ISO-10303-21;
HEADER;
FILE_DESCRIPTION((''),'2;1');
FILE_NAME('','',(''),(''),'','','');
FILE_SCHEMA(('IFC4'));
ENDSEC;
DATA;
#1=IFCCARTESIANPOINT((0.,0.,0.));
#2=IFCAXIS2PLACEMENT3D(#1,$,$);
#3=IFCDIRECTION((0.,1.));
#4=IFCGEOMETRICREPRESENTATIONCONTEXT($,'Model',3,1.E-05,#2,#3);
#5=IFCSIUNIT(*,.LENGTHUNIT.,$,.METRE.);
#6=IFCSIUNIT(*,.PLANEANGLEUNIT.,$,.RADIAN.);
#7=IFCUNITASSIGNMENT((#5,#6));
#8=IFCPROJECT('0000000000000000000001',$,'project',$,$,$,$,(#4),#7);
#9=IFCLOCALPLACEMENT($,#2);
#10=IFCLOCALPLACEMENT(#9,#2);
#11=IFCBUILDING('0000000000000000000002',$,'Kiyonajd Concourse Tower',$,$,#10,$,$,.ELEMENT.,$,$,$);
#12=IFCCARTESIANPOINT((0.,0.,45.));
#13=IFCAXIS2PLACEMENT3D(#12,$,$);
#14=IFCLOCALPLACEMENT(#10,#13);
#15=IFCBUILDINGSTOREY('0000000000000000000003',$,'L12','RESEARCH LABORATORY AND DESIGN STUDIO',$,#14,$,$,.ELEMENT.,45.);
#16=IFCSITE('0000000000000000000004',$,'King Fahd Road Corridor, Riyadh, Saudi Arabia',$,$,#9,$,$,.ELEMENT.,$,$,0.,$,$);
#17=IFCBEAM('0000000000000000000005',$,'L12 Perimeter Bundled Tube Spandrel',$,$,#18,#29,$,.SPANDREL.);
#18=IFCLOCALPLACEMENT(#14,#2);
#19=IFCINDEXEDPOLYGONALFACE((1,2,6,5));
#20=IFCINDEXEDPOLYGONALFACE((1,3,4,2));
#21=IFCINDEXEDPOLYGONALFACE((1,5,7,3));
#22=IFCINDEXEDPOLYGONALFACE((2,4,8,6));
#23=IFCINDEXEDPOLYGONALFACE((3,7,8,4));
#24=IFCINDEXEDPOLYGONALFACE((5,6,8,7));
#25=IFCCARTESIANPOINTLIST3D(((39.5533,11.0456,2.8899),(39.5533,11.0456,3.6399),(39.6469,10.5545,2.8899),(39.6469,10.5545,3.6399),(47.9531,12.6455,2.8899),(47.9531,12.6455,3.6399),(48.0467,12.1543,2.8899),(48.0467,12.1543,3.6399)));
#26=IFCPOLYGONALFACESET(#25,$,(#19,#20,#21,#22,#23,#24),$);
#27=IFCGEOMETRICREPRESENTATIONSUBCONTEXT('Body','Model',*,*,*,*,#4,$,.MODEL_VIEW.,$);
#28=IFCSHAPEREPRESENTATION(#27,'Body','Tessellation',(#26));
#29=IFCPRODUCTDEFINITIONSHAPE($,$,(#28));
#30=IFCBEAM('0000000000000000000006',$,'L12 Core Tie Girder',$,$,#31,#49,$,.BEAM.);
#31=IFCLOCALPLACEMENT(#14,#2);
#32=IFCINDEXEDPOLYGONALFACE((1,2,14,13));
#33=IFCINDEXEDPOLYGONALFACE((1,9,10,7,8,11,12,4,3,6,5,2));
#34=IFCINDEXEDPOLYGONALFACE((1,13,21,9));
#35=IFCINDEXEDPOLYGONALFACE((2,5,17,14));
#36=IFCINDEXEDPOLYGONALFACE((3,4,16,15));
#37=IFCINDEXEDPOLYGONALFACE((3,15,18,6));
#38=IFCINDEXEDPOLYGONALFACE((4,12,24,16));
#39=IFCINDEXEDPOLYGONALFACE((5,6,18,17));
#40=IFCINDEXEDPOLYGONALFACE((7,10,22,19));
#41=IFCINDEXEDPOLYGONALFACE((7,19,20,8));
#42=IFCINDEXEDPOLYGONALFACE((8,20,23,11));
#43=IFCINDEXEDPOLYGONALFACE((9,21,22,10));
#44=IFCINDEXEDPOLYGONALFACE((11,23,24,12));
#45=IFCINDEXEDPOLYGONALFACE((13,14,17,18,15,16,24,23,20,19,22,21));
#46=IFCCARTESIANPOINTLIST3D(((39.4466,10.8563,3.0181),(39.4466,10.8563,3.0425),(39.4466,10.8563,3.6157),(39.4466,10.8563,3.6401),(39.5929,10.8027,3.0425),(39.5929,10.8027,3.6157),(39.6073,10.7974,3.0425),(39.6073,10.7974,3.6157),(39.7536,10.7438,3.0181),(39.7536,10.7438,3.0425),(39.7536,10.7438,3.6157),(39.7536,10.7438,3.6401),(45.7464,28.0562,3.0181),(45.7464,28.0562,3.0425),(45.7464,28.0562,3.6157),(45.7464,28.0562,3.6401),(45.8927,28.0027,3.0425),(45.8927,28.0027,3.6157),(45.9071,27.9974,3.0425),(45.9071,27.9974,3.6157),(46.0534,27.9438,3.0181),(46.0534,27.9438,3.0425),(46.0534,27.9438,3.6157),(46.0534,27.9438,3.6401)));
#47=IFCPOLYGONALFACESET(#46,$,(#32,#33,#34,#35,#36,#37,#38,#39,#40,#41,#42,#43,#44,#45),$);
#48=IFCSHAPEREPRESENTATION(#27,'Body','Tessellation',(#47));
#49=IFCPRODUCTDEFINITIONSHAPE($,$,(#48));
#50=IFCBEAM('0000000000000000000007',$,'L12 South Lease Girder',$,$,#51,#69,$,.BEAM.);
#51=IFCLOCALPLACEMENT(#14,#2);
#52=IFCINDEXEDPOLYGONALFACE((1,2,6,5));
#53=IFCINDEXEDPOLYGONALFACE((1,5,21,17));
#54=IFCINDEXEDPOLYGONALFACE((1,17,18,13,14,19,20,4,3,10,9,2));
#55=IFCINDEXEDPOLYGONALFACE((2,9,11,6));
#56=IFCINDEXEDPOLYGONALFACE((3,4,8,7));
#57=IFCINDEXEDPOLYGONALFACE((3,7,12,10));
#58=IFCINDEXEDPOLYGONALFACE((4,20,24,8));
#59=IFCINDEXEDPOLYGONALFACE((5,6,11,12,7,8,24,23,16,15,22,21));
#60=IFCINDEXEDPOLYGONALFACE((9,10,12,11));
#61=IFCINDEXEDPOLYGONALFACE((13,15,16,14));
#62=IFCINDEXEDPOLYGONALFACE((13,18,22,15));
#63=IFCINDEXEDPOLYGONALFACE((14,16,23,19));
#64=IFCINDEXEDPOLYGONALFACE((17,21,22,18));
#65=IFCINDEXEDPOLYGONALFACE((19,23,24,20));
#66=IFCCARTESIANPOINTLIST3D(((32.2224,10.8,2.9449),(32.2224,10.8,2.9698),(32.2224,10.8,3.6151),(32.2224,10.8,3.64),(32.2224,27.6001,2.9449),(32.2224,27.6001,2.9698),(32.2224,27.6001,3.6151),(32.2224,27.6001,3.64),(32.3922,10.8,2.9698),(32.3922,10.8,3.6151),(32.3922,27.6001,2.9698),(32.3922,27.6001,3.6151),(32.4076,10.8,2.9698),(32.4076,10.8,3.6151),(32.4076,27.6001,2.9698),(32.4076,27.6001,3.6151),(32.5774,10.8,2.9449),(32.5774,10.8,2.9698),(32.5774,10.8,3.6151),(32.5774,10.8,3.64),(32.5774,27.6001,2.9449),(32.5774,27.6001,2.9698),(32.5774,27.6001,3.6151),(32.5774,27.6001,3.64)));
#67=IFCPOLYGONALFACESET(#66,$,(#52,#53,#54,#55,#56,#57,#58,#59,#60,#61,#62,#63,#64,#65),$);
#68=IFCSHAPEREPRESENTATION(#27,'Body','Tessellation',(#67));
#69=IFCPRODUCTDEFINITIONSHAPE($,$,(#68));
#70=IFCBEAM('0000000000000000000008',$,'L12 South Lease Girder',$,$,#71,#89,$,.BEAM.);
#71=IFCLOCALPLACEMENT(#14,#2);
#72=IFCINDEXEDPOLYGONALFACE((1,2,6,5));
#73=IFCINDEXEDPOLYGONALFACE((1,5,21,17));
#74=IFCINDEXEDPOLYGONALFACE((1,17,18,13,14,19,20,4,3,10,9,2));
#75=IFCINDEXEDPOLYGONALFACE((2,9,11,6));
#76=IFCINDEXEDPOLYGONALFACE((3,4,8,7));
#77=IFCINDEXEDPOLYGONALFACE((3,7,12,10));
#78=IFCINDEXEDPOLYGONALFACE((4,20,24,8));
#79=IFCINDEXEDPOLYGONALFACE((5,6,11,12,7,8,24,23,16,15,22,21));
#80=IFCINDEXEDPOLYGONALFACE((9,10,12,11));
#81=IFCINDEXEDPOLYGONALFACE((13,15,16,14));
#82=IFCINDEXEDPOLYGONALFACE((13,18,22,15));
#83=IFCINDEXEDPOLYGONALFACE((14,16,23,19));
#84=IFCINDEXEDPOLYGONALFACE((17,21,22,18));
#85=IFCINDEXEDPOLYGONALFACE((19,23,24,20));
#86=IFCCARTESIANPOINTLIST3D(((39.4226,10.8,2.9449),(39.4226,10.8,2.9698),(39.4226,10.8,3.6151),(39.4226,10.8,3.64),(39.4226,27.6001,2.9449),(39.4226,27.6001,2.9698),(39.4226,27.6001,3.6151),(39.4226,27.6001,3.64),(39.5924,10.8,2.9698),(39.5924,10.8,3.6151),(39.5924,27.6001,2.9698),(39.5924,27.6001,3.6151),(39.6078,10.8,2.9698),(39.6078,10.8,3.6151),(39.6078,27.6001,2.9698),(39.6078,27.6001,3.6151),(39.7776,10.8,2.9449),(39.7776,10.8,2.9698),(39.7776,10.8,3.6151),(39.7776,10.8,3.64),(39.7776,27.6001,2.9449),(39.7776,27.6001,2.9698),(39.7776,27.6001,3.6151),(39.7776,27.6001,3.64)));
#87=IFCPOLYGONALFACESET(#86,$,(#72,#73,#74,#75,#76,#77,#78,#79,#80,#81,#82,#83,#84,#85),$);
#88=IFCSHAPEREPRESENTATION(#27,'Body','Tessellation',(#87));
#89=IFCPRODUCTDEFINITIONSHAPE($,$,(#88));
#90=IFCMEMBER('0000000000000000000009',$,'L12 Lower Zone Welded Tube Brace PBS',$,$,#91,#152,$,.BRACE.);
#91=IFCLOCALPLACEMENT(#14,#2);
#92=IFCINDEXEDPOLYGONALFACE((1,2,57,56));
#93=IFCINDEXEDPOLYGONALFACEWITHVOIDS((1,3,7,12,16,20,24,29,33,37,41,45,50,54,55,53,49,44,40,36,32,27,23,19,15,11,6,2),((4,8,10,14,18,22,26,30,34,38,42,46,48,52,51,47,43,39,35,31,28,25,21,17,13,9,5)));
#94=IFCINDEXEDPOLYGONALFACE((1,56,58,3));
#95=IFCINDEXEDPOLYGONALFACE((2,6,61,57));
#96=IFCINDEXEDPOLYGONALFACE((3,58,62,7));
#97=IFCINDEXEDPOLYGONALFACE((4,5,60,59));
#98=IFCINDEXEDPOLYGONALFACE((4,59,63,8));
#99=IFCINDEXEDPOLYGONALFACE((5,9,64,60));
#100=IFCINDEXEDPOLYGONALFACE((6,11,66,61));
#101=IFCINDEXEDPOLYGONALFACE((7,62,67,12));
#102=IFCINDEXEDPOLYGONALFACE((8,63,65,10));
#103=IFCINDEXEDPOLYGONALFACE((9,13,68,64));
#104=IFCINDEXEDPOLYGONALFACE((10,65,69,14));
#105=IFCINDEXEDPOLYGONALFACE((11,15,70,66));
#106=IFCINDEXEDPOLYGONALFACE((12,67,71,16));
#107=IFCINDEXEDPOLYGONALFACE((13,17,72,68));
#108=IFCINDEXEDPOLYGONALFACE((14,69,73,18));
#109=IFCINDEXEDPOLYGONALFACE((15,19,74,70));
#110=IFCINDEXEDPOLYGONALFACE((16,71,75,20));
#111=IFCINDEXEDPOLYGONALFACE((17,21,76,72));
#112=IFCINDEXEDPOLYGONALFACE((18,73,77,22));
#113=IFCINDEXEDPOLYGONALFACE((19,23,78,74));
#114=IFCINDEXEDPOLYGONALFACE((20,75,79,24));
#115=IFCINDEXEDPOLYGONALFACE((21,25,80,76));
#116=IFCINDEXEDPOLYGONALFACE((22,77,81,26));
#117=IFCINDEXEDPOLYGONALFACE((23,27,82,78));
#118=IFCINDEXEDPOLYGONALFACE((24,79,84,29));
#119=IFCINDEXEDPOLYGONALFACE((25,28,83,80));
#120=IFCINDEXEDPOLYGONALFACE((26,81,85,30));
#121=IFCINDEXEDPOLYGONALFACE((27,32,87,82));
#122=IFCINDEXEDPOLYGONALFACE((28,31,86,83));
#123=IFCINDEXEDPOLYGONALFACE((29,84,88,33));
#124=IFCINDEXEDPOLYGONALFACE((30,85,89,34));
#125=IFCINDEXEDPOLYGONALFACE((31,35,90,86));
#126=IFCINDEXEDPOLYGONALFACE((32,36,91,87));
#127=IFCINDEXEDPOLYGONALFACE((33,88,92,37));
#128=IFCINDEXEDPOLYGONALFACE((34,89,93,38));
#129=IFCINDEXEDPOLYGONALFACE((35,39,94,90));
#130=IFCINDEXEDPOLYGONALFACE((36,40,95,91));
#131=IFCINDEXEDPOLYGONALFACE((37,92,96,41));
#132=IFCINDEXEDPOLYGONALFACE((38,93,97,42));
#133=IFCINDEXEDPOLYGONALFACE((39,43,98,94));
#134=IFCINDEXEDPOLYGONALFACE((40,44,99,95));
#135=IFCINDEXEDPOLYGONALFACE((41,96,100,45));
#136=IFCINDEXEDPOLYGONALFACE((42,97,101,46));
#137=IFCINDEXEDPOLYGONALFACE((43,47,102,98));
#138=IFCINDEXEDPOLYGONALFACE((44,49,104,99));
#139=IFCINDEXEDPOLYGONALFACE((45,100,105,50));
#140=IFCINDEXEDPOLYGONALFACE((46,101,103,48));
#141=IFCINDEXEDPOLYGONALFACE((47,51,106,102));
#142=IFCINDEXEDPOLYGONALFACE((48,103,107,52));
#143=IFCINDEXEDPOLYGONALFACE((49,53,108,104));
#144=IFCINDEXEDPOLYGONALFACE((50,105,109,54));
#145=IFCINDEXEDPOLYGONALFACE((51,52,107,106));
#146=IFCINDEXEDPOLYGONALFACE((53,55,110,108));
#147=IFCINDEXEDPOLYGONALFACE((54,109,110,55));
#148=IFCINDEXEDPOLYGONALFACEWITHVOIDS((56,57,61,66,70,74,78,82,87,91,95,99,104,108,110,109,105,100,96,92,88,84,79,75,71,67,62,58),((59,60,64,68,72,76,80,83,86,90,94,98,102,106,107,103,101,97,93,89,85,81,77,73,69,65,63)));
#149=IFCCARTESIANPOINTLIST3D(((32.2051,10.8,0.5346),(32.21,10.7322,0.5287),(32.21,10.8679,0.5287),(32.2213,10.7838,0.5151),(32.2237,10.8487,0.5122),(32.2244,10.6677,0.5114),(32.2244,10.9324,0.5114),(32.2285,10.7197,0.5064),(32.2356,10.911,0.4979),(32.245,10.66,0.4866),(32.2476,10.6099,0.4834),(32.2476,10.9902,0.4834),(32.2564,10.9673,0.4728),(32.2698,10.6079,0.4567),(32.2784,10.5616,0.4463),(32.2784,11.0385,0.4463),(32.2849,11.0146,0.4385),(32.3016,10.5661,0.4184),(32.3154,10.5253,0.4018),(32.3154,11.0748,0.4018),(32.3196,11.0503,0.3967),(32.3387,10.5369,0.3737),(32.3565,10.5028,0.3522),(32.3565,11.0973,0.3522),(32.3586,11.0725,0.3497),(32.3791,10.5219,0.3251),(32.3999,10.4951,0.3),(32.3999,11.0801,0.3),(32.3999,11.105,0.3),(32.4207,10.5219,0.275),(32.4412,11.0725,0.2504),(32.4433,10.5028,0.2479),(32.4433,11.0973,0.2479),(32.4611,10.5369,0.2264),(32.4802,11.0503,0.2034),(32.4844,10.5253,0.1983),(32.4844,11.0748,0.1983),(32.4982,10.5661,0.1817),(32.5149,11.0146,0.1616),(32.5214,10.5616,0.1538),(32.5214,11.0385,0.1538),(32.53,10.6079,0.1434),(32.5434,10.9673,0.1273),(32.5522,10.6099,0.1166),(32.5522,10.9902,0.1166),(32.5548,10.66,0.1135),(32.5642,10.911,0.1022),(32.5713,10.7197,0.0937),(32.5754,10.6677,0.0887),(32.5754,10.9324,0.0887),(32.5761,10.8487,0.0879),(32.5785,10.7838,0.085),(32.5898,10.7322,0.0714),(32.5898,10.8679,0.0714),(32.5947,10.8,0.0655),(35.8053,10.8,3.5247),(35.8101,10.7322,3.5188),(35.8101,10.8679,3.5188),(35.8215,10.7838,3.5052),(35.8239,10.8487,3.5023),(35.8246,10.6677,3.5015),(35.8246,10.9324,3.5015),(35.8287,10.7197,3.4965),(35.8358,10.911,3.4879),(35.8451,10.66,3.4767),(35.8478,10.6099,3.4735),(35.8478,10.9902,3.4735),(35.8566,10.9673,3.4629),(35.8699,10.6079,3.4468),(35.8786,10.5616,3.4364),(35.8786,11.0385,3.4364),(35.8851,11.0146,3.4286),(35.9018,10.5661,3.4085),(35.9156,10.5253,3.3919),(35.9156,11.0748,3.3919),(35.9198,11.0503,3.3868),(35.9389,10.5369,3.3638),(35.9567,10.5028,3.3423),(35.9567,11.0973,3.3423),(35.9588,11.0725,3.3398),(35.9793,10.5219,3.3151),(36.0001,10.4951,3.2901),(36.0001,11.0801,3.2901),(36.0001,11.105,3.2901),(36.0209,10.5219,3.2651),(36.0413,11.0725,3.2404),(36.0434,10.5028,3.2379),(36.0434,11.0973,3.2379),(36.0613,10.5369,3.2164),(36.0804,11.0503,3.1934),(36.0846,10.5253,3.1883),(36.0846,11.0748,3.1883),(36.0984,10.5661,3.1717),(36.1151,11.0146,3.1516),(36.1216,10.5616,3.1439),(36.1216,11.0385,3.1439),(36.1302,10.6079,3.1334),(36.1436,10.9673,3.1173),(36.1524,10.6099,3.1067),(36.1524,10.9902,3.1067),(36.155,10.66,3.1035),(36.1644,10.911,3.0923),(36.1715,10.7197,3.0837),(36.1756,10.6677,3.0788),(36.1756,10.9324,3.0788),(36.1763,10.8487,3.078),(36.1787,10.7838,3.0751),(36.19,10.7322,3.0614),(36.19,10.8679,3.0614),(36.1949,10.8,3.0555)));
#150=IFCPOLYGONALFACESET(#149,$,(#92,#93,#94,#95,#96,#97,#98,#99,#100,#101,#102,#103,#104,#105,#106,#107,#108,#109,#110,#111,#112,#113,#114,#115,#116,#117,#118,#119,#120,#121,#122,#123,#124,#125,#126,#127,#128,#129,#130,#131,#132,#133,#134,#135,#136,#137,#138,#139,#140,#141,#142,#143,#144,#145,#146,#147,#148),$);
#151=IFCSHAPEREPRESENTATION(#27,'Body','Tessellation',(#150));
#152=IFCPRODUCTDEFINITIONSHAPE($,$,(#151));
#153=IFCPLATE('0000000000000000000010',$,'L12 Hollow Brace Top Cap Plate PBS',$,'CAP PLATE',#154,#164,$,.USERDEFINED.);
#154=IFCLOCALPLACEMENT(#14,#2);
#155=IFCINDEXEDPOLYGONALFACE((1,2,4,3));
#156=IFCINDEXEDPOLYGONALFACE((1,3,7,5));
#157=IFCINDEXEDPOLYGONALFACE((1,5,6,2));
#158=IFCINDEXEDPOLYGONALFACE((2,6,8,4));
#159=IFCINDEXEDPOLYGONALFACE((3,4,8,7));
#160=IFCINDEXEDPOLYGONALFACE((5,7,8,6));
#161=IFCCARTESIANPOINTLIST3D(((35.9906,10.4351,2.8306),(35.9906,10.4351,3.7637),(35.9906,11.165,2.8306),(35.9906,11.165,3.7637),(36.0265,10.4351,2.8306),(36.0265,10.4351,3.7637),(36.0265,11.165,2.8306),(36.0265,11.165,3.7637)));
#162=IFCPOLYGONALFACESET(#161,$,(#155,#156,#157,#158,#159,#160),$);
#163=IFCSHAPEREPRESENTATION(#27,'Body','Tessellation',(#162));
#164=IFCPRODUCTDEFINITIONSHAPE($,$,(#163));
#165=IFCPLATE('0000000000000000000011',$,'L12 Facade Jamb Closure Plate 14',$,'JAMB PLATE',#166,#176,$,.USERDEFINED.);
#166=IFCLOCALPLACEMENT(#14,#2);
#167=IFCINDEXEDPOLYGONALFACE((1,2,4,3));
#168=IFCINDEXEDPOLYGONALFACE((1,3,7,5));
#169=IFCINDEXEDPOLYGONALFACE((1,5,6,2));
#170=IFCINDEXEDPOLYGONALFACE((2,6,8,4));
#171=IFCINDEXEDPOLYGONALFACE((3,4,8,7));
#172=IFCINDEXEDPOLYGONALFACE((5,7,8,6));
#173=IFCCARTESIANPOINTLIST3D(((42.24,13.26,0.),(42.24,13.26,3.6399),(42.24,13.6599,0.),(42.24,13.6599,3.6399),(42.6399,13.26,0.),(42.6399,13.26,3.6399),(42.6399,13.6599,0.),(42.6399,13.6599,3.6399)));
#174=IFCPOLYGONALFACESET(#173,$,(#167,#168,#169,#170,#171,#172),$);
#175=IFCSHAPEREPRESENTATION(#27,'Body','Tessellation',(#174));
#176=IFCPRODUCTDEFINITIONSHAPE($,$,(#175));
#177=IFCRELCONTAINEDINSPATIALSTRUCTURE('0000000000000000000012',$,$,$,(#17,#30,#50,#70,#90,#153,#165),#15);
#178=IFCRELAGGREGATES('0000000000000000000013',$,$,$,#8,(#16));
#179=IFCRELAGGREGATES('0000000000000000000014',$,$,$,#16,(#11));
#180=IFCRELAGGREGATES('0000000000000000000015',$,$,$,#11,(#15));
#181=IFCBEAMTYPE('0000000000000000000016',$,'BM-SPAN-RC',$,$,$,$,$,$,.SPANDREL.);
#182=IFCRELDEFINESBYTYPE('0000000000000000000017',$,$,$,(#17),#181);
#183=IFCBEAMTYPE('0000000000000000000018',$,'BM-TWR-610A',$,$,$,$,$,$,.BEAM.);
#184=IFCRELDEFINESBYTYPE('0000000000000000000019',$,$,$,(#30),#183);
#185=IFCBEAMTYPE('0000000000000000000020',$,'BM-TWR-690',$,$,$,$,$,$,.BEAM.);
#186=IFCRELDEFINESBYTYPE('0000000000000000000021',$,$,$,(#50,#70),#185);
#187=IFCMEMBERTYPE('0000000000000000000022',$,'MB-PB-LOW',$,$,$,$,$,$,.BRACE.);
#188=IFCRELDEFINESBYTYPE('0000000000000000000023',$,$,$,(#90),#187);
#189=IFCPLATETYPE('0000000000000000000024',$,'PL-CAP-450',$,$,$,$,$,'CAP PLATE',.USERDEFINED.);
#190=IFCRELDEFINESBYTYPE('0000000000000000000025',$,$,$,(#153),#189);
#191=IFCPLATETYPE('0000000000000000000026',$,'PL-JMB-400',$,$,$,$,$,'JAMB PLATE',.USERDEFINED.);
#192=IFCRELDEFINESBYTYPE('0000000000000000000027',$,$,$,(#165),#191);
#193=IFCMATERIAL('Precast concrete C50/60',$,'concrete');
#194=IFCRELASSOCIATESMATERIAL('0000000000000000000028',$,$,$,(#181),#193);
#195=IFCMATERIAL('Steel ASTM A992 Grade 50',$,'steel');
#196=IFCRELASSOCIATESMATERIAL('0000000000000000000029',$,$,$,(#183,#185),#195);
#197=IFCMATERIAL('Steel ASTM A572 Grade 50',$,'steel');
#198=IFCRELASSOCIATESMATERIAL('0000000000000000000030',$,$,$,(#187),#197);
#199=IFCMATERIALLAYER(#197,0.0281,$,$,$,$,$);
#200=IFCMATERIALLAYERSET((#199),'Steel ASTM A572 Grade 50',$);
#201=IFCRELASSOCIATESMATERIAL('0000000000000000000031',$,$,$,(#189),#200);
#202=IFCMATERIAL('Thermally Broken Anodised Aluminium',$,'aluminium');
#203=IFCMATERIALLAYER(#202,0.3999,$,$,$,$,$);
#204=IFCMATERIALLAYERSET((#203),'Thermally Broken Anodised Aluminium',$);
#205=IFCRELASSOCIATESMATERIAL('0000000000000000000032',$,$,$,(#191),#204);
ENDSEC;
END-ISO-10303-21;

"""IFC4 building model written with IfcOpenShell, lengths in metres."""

from ifc_helpers import new_model, si_unit, direction, frame, origin, origin_2d, place, context, subcontext, project, spatial, rectangle, hollow_circle, i_section, extrude, material, layer, layer_set, material_profile, profile_set, type_object, element, save


model = new_model("IFC4")

# Units and contexts
model_context = context("Model", 3, precision=1e-05, world=origin(), true_north=direction((0.0, 1.0)))
body_context = subcontext(model_context, "Body", "Model", "MODEL_VIEW")
ifc_project = project(units=[si_unit("LENGTHUNIT", "METRE"), si_unit("PLANEANGLEUNIT", "RADIAN")], contexts=[model_context])

# Site, building, storey
site_placement = place(None, origin())
site = spatial("IfcSite", under=ifc_project, at=site_placement, Name="King Fahd Road Corridor, Riyadh, Saudi Arabia", CompositionType="ELEMENT", RefElevation=0.0)
building_placement = place(site_placement, origin())
building = spatial("IfcBuilding", under=site, at=building_placement, Name="Kiyonajd Concourse Tower", CompositionType="ELEMENT")
storey_placement = place(building_placement, frame((0.0, 0.0, 45.0)))
storey = spatial("IfcBuildingStorey", under=building, at=storey_placement, Name="L12", Description="RESEARCH LABORATORY AND DESIGN STUDIO", CompositionType="ELEMENT", Elevation=45.0)

# Beams
ifc_material_1 = material(Name="Steel ASTM A992 Grade 50", Category="steel")
ifc_material_2 = material(Name="Precast concrete C50/60", Category="concrete")
ifc_material_profile_1 = material_profile(ifc_material_2, rectangle(XDim=0.5, YDim=0.75, at=origin_2d()), Name="RCBM-500x750")
ifc_profile_set_1 = profile_set([ifc_material_profile_1], Name="Precast concrete C50/60")
beam_type_1 = type_object("IfcBeamType", Name="BM-SPAN-RC", PredefinedType="SPANDREL", material=ifc_profile_set_1)
beam_1_placement = place(storey_placement, frame((39.6001, 10.8, 3.2649), z_axis=(0.982341, 0.187098, 0.0), x_axis=(-0.187098, 0.982341, 0.0)))
element("IfcBeam", 1, at=beam_1_placement, inside=storey, type_object=beam_type_1, Name="L12 Perimeter Bundled Tube Spandrel", PredefinedType="SPANDREL", context=body_context, shape_type="SweptSolid", body=[
    extrude(rectangle(XDim=0.5, YDim=0.75, at=origin_2d()), origin(), (0.0, 0.0, 1.0), 8.5508),
])
ifc_material_profile_2 = material_profile(ifc_material_1, i_section(OverallWidth=0.3269, OverallDepth=0.6221, WebThickness=0.0154, FlangeThickness=0.0244, at=origin_2d()), Name="W610X195")
ifc_profile_set_2 = profile_set([ifc_material_profile_2], Name="Steel ASTM A992 Grade 50")
beam_type_2 = type_object("IfcBeamType", Name="BM-TWR-610A", PredefinedType="BEAM", material=ifc_profile_set_2)
beam_2_placement = place(storey_placement, frame((39.6001, 10.8, 3.3291), z_axis=(0.343925, 0.938997, 0.0), x_axis=(-0.938997, 0.343925, 0.0)))
element("IfcBeam", 2, at=beam_2_placement, inside=storey, type_object=beam_type_2, Name="L12 Core Tie Girder", PredefinedType="BEAM", context=body_context, shape_type="SweptSolid", body=[
    extrude(i_section(OverallWidth=0.3269, OverallDepth=0.6221, WebThickness=0.0154, FlangeThickness=0.0244, at=origin_2d()), origin(), (0.0, 0.0, 1.0), 18.3174),
])
ifc_material_profile_3 = material_profile(ifc_material_1, i_section(OverallWidth=0.355, OverallDepth=0.6951, WebThickness=0.0154, FlangeThickness=0.0249, at=origin_2d()), Name="W690X217")
ifc_profile_set_3 = profile_set([ifc_material_profile_3], Name="Steel ASTM A992 Grade 50")
beam_type_3 = type_object("IfcBeamType", Name="BM-TWR-690", PredefinedType="BEAM", material=ifc_profile_set_3)
for number, where, z_axis, x_axis, name in (
    (3, (32.3999, 10.8, 3.2925), (0.0, 1.0, 0.0), (-1.0, 0.0, 0.0), "L12 South Lease Girder"),
    (4, (39.6001, 10.8, 3.2925), (0.0, 1.0, 0.0), (-1.0, 0.0, 0.0), "L12 South Lease Girder"),
):
    element("IfcBeam", number, at=place(storey_placement, frame(where, z_axis=z_axis, x_axis=x_axis)), inside=storey, type_object=beam_type_3, Name=name, PredefinedType="BEAM", context=body_context, shape_type="SweptSolid", body=[
        extrude(i_section(OverallWidth=0.355, OverallDepth=0.6951, WebThickness=0.0154, FlangeThickness=0.0249, at=origin_2d()), origin(), (0.0, 0.0, 1.0), 16.8),
    ])

# Member
ifc_material_3 = material(Name="Steel ASTM A572 Grade 50", Category="steel")
ifc_material_profile_4 = material_profile(ifc_material_3, hollow_circle(Radius=0.3049, WallThickness=0.0249, at=origin_2d()), Name="CHS-610x25")
ifc_profile_set_4 = profile_set([ifc_material_profile_4], Name="Steel ASTM A572 Grade 50")
member_type = type_object("IfcMemberType", Name="MB-PB-LOW", PredefinedType="BRACE", material=ifc_profile_set_4)
member_placement = place(storey_placement, frame((32.3999, 10.8, 0.3), z_axis=(0.769281, 0.0, 0.638911), x_axis=(0.0, 1.0, 0.0)))
element("IfcMember", 5, at=member_placement, inside=storey, type_object=member_type, Name="L12 Lower Zone Welded Tube Brace PBS", PredefinedType="BRACE", context=body_context, shape_type="SweptSolid", body=[
    extrude(hollow_circle(Radius=0.3049, WallThickness=0.0249, at=origin_2d()), origin(), (0.0, 0.0, 1.0), 4.6799),
])

# Plates
ifc_layer_1 = layer(ifc_material_3, 0.0281)
ifc_layer_set_1 = layer_set([ifc_layer_1], Name="Steel ASTM A572 Grade 50")
plate_type_1 = type_object("IfcPlateType", Name="PL-CAP-450", ElementType="CAP PLATE", PredefinedType="USERDEFINED", material=ifc_layer_set_1)
plate_1_placement = place(storey_placement, frame((36.0085, 10.8, 2.8306), z_axis=(0.0, 0.0, 1.0), x_axis=(1.0, 0.0, 0.0)))
element("IfcPlate", 6, at=plate_1_placement, inside=storey, type_object=plate_type_1, Name="L12 Hollow Brace Top Cap Plate PBS", ObjectType="CAP PLATE", PredefinedType="USERDEFINED", context=body_context, shape_type="SweptSolid", body=[
    extrude(rectangle(XDim=0.0359, YDim=0.73, at=origin_2d()), origin(), (0.0, 0.0, 1.0), 0.9331),
])
ifc_material_4 = material(Name="Thermally Broken Anodised Aluminium", Category="aluminium")
ifc_layer_2 = layer(ifc_material_4, 0.3999)
ifc_layer_set_2 = layer_set([ifc_layer_2], Name="Thermally Broken Anodised Aluminium")
plate_type_2 = type_object("IfcPlateType", Name="PL-JMB-400", ElementType="JAMB PLATE", PredefinedType="USERDEFINED", material=ifc_layer_set_2)
plate_2_placement = place(storey_placement, frame((42.4399, 13.46, 0.0), z_axis=(0.0, 0.0, 1.0), x_axis=(1.0, 0.0, 0.0)))
element("IfcPlate", 7, at=plate_2_placement, inside=storey, type_object=plate_type_2, Name="L12 Facade Jamb Closure Plate 14", ObjectType="JAMB PLATE", PredefinedType="USERDEFINED", context=body_context, shape_type="SweptSolid", body=[
    extrude(rectangle(XDim=0.3999, YDim=0.3999, at=origin_2d()), origin(), (0.0, 0.0, 1.0), 3.6399),
])

save(model, "model.ifc")
